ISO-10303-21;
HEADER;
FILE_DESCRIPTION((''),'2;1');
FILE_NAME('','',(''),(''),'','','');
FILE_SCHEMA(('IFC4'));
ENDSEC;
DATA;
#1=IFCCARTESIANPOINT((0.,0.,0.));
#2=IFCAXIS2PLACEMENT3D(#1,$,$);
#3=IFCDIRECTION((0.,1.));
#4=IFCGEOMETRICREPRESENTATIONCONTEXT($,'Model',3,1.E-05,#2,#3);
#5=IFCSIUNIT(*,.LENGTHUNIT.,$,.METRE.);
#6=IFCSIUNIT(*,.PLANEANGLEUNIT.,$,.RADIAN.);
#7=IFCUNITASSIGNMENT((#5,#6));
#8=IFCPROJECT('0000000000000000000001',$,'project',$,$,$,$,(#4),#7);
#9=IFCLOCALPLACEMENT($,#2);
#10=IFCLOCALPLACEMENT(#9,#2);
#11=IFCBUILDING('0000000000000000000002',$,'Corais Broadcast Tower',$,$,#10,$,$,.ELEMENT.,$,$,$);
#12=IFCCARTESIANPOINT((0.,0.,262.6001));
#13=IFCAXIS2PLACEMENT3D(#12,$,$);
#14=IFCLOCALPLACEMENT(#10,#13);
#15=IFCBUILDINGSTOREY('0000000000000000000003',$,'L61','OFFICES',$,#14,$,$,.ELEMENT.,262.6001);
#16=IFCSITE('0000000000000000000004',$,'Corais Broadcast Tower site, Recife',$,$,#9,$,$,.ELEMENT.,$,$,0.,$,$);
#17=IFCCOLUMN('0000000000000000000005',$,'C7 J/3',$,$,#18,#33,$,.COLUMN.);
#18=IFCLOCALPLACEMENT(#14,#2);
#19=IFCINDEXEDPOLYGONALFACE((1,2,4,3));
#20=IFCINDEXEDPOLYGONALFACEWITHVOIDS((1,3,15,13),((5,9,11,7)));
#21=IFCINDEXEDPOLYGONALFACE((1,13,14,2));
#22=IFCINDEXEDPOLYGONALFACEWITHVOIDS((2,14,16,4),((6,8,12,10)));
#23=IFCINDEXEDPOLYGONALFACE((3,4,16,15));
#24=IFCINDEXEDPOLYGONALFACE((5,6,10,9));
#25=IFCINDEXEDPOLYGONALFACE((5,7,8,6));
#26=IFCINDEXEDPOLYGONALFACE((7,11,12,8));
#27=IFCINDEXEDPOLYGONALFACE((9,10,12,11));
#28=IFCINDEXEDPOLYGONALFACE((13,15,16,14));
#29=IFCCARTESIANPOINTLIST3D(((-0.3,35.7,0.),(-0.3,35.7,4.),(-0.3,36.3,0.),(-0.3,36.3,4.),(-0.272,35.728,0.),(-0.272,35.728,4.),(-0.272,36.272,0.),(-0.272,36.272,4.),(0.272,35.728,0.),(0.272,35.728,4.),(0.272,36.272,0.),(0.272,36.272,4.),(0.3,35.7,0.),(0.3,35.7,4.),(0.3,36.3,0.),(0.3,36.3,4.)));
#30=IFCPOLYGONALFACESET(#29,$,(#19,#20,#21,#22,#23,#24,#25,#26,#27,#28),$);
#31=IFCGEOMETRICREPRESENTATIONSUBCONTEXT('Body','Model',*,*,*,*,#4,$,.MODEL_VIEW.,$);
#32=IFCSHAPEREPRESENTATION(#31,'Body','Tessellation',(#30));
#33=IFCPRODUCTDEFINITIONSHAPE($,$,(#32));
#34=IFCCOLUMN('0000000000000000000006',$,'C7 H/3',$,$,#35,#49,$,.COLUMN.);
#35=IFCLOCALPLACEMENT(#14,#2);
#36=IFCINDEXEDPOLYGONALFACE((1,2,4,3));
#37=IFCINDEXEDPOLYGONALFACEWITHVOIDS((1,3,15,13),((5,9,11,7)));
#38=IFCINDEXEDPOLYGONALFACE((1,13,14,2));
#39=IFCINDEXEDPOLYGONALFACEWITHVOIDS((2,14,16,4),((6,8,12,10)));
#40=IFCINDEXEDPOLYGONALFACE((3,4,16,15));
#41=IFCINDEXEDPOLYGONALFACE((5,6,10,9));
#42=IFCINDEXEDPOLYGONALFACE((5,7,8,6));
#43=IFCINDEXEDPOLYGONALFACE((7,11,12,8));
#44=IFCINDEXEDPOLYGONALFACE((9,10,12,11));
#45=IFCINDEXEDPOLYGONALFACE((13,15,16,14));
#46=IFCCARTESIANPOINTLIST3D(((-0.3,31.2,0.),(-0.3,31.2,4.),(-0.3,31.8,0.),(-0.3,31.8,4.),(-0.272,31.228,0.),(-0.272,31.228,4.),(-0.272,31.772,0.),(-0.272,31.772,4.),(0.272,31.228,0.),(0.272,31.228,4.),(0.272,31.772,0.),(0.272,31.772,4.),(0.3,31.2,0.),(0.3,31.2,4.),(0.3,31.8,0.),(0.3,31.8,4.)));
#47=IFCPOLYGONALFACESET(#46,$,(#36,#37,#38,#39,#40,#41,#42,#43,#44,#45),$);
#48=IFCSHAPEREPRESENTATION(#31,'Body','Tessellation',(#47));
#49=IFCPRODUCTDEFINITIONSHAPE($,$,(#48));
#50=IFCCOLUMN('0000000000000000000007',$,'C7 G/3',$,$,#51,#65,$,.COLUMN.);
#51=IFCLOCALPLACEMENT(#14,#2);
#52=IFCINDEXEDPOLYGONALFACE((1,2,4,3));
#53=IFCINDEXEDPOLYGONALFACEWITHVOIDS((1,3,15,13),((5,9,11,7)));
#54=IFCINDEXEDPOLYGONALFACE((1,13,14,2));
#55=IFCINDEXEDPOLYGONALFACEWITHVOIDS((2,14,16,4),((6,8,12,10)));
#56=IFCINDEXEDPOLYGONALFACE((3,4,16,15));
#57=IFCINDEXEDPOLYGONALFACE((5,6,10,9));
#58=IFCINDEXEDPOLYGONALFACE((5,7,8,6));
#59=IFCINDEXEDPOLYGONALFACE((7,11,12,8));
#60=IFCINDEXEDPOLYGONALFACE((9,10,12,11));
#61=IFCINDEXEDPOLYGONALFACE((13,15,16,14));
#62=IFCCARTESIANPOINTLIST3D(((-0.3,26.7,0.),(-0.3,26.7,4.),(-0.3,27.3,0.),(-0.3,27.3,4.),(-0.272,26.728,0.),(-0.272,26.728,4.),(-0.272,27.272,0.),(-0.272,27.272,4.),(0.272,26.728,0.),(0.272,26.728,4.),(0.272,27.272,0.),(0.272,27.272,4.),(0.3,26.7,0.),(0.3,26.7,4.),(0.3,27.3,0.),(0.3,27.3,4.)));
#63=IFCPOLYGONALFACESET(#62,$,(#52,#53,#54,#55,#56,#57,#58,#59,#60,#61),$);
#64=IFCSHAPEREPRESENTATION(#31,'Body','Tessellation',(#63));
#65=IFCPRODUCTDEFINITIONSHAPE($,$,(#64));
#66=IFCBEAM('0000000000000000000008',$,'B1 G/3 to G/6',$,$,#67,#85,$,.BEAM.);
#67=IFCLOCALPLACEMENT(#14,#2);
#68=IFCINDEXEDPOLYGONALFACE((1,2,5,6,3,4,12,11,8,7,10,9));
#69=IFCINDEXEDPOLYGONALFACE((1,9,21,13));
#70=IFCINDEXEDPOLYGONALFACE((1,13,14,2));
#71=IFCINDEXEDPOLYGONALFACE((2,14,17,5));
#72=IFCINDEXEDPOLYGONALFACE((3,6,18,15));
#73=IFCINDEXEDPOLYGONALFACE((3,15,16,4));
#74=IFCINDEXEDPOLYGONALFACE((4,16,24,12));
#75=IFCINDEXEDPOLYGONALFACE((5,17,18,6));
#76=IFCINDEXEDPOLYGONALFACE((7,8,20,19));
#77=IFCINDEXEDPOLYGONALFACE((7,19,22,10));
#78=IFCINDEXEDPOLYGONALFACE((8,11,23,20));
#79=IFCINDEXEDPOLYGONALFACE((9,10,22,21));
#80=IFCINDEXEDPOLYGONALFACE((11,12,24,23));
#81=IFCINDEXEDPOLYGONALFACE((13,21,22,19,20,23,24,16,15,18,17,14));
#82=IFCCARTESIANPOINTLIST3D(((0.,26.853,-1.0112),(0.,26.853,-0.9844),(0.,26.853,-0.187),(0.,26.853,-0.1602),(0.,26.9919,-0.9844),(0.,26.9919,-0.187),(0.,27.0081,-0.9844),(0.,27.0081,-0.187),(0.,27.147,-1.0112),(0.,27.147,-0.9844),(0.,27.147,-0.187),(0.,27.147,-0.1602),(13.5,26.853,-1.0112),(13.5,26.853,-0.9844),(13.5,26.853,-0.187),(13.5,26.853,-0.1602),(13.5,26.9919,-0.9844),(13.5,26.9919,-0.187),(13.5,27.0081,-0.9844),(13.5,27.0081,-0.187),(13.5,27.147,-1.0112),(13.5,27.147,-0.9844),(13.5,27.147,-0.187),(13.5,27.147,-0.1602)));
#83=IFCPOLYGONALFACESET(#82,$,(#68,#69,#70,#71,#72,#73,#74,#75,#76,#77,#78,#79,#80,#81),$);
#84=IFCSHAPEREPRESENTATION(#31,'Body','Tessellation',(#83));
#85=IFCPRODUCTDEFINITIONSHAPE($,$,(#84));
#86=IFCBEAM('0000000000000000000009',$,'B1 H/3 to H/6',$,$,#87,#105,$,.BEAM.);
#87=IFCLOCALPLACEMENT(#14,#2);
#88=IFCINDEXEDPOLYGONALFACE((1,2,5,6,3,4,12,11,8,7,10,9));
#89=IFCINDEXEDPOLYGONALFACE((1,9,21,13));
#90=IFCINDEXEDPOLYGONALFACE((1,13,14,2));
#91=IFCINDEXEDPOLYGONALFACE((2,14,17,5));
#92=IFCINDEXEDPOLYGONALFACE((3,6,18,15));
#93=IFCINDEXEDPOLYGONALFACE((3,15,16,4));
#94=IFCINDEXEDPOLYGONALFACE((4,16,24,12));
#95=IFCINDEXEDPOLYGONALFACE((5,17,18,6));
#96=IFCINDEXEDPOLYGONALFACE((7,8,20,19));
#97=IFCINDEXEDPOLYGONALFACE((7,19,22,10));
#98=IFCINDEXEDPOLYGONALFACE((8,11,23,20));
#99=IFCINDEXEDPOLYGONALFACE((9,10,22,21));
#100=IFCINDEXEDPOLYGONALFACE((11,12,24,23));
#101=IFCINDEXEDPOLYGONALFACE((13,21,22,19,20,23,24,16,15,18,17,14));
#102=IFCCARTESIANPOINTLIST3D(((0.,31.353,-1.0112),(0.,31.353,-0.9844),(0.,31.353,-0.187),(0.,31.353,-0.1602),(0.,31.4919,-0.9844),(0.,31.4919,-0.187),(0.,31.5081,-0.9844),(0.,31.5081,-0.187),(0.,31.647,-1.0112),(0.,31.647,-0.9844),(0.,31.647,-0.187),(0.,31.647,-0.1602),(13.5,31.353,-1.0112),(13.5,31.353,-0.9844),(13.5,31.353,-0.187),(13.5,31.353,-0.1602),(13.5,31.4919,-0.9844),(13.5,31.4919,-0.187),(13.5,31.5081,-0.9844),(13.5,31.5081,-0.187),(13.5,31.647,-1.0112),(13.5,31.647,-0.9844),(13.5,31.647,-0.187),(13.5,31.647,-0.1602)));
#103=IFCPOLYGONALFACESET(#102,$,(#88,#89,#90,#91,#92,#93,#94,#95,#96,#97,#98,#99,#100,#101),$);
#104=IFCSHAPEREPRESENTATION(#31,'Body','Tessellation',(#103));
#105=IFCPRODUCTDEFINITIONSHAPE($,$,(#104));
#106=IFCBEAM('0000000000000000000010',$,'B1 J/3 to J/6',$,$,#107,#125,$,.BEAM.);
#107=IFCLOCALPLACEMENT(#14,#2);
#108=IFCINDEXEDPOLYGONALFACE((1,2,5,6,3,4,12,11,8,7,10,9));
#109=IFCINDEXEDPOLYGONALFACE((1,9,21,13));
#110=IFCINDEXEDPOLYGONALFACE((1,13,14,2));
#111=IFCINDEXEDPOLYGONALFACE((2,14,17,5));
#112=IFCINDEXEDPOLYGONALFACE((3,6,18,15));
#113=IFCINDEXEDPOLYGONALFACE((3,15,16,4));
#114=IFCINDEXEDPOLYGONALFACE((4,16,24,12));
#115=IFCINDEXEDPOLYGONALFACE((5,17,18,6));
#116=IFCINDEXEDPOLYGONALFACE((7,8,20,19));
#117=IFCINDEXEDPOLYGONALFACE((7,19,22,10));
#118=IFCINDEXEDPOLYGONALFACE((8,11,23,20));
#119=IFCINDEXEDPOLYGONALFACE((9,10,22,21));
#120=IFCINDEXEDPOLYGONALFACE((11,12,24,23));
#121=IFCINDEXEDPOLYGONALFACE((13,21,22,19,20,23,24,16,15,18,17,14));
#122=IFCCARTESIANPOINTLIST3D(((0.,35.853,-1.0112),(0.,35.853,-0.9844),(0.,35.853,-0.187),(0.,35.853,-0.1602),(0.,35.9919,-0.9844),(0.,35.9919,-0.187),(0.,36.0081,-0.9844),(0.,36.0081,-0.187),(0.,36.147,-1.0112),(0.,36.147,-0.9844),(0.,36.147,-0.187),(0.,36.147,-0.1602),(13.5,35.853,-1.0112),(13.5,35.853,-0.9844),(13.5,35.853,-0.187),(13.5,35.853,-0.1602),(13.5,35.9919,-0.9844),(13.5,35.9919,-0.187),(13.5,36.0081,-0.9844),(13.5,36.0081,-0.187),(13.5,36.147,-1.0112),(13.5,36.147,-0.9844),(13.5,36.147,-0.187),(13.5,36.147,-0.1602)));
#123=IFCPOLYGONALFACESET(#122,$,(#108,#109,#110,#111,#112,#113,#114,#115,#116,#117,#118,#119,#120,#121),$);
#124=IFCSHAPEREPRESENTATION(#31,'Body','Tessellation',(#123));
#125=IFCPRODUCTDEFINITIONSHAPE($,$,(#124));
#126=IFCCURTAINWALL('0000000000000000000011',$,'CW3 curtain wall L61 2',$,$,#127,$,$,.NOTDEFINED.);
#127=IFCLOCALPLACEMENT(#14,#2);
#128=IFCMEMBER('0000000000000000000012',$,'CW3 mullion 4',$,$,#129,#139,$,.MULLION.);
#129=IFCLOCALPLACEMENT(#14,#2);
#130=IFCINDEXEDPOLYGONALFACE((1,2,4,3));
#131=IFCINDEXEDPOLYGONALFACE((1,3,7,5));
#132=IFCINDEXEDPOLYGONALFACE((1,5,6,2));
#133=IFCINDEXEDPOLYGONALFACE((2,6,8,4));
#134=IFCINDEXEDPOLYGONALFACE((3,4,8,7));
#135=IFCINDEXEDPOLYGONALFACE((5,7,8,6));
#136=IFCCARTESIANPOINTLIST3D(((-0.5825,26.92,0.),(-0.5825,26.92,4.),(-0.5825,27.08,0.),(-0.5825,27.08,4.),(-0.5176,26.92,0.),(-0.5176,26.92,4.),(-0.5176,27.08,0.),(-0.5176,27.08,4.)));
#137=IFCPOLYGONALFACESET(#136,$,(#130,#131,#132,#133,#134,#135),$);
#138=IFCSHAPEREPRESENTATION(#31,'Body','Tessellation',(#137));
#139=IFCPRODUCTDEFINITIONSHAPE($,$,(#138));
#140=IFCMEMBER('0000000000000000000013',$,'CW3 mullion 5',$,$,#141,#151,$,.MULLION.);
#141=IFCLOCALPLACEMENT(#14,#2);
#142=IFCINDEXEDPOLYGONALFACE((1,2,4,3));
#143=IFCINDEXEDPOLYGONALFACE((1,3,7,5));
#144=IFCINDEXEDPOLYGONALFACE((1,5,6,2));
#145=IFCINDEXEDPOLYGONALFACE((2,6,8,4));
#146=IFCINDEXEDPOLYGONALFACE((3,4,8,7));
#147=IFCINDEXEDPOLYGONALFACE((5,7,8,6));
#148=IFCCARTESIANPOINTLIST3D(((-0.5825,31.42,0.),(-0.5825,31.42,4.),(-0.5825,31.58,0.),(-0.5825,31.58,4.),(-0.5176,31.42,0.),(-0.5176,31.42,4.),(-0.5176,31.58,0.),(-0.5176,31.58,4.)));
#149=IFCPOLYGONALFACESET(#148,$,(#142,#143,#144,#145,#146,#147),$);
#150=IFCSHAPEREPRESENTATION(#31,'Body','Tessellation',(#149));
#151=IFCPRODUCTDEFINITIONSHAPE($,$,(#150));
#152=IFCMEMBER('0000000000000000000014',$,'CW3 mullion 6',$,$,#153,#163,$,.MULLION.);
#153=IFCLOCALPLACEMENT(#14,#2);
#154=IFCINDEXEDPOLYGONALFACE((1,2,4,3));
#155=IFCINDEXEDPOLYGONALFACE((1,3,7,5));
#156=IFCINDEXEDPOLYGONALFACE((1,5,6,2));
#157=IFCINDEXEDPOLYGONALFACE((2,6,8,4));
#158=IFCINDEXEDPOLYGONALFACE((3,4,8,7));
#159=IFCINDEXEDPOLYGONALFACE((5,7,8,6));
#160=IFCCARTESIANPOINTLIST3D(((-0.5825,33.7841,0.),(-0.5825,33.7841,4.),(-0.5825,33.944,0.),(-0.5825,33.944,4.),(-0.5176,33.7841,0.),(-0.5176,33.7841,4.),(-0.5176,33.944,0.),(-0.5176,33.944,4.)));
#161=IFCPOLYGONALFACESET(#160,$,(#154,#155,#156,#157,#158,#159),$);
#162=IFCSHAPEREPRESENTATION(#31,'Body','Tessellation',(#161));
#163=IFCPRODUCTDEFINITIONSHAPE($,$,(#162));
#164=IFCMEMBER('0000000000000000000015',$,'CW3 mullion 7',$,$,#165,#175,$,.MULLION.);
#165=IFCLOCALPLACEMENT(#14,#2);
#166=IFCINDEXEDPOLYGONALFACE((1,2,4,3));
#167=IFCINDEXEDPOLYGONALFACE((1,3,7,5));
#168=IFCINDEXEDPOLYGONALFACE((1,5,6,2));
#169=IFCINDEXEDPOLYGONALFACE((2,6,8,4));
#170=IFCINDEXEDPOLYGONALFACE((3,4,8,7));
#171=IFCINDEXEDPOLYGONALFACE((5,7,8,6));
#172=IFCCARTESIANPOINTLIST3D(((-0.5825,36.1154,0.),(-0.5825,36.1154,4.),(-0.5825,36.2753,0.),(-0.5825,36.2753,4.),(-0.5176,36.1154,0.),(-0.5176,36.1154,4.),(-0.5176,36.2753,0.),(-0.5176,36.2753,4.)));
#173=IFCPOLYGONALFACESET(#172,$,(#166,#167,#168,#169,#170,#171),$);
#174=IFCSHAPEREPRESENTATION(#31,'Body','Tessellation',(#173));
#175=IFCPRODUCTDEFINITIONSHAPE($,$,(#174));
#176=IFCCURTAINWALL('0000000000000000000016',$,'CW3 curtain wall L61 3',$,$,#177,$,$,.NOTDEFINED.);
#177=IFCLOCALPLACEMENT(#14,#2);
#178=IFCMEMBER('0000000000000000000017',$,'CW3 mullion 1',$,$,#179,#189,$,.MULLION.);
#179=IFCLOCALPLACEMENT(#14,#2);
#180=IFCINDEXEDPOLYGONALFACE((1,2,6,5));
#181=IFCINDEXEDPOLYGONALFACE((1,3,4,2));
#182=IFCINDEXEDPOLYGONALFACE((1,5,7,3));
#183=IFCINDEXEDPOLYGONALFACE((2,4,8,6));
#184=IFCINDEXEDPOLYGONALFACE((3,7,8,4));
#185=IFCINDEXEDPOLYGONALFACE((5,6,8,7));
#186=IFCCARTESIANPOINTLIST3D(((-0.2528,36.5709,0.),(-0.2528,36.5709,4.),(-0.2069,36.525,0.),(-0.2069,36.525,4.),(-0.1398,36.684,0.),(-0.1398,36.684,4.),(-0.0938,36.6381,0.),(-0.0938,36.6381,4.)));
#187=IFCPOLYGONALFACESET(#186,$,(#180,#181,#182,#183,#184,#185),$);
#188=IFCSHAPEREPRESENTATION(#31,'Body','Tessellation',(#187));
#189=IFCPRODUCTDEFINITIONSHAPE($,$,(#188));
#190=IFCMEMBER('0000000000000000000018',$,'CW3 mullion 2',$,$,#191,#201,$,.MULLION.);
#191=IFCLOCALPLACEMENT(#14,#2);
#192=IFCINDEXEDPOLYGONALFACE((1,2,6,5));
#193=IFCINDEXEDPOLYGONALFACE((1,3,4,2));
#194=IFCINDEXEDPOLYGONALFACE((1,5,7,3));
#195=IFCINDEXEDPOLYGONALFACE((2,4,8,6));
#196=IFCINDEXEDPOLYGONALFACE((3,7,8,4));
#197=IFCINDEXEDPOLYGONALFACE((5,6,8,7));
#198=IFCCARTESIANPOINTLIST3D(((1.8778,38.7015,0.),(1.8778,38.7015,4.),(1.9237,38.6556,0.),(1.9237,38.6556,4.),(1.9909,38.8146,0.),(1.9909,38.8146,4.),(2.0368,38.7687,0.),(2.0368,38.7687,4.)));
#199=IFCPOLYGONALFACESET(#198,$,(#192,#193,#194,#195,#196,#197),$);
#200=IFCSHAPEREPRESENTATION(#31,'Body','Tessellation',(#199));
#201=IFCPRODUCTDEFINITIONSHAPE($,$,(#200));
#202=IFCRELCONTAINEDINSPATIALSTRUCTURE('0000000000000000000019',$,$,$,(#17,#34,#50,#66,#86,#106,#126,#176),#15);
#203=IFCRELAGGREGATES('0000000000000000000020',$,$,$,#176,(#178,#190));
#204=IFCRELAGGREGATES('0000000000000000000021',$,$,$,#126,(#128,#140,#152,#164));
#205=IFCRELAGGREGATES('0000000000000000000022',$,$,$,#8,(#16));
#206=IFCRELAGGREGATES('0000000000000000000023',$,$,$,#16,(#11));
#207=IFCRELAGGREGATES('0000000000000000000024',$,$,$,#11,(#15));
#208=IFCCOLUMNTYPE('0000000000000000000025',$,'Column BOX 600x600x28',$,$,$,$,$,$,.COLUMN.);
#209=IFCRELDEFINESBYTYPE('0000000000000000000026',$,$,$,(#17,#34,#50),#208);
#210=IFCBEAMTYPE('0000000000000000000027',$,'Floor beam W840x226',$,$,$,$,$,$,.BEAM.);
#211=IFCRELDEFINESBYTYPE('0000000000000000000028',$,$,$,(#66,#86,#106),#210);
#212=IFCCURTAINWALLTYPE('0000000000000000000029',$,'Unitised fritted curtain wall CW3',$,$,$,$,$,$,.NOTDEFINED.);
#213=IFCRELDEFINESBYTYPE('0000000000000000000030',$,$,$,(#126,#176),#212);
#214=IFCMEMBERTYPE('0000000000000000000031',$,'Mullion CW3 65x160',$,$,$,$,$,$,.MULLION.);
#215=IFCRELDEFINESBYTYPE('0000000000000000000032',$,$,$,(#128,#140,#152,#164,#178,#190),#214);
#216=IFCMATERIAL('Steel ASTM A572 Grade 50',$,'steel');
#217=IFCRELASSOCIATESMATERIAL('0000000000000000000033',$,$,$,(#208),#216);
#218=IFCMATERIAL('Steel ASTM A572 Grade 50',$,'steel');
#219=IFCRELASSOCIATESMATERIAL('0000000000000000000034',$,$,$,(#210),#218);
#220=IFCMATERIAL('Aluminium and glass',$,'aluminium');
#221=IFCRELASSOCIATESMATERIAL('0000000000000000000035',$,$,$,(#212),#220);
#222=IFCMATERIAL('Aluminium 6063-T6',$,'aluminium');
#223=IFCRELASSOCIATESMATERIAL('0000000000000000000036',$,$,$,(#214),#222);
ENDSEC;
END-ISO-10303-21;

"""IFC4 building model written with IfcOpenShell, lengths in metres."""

from ifc_helpers import new_model, si_unit, direction, frame, origin, origin_2d, place, context, subcontext, project, spatial, rectangle, hollow_rectangle, i_section, extrude, material, material_profile, profile_set, type_object, element, aggregate, save


model = new_model("IFC4")

# Units and contexts
model_context = context("Model", 3, precision=1e-05, world=origin(), true_north=direction((0.0, 1.0)))
body_context = subcontext(model_context, "Body", "Model", "MODEL_VIEW")
ifc_project = project(units=[si_unit("LENGTHUNIT", "METRE"), si_unit("PLANEANGLEUNIT", "RADIAN")], contexts=[model_context])

# Site, building, storey
site_placement = place(None, origin())
site = spatial("IfcSite", under=ifc_project, at=site_placement, Name="Corais Broadcast Tower site, Recife", CompositionType="ELEMENT", RefElevation=0.0)
building_placement = place(site_placement, origin())
building = spatial("IfcBuilding", under=site, at=building_placement, Name="Corais Broadcast Tower", CompositionType="ELEMENT")
storey_placement = place(building_placement, frame((0.0, 0.0, 262.6001)))
storey = spatial("IfcBuildingStorey", under=building, at=storey_placement, Name="L61", Description="OFFICES", CompositionType="ELEMENT", Elevation=262.6001)

# Columns
ifc_material_1 = material(Name="Steel ASTM A572 Grade 50", Category="steel")
ifc_material_profile_1 = material_profile(ifc_material_1, hollow_rectangle(XDim=0.6001, YDim=0.6001, WallThickness=0.0281, at=origin_2d()), Name="BOX 600x600x28")
ifc_profile_set_1 = profile_set([ifc_material_profile_1], Name="Steel ASTM A572 Grade 50")
column_type = type_object("IfcColumnType", Name="Column BOX 600x600x28", PredefinedType="COLUMN", material=ifc_profile_set_1)
for number, where, z_axis, x_axis, name in (
    (1, (0.0, 36.0, 0.0), (0.0, 0.0, 1.0), (1.0, 0.0, 0.0), "C7 J/3"),
    (2, (0.0, 31.5, 0.0), (0.0, 0.0, 1.0), (1.0, 0.0, 0.0), "C7 H/3"),
    (3, (0.0, 27.0, 0.0), (0.0, 0.0, 1.0), (1.0, 0.0, 0.0), "C7 G/3"),
):
    element("IfcColumn", number, at=place(storey_placement, frame(where, z_axis=z_axis, x_axis=x_axis)), inside=storey, type_object=column_type, Name=name, PredefinedType="COLUMN", context=body_context, shape_type="SweptSolid", body=[
        extrude(hollow_rectangle(XDim=0.6001, YDim=0.6001, WallThickness=0.0281, at=origin_2d()), origin(), (0.0, 0.0, 1.0), 4.0),
    ])

# Beams
ifc_material_2 = material(Name="Steel ASTM A572 Grade 50", Category="steel")
ifc_material_profile_2 = material_profile(ifc_material_2, i_section(OverallWidth=0.2939, OverallDepth=0.8511, WebThickness=0.0161, FlangeThickness=0.0269, at=origin_2d()), Name="W840x226")
ifc_profile_set_2 = profile_set([ifc_material_profile_2], Name="Steel ASTM A572 Grade 50")
beam_type_1 = type_object("IfcBeamType", Name="Floor beam W840x226", PredefinedType="BEAM", material=ifc_profile_set_2)
for number, where, z_axis, x_axis, name in (
    (4, (0.0, 27.0, -0.5857), (1.0, 0.0, 0.0), (0.0, 1.0, 0.0), "B1 G/3 to G/6"),
    (5, (0.0, 31.5, -0.5857), (1.0, 0.0, 0.0), (0.0, 1.0, 0.0), "B1 H/3 to H/6"),
    (6, (0.0, 36.0, -0.5857), (1.0, 0.0, 0.0), (0.0, 1.0, 0.0), "B1 J/3 to J/6"),
):
    element("IfcBeam", number, at=place(storey_placement, frame(where, z_axis=z_axis, x_axis=x_axis)), inside=storey, type_object=beam_type_1, Name=name, PredefinedType="BEAM", context=body_context, shape_type="SweptSolid", body=[
        extrude(i_section(OverallWidth=0.2939, OverallDepth=0.8511, WebThickness=0.0161, FlangeThickness=0.0269, at=origin_2d()), origin(), (0.0, 0.0, 1.0), 13.5),
    ])

# Curtain walls, members
ifc_material_3 = material(Name="Aluminium and glass", Category="aluminium")
curtain_wall_type = type_object("IfcCurtainWallType", Name="Unitised fritted curtain wall CW3", PredefinedType="NOTDEFINED", material=ifc_material_3)
curtain_wall_1_placement = place(storey_placement, origin())
curtain_wall_1 = element("IfcCurtainWall", 7, at=curtain_wall_1_placement, inside=storey, type_object=curtain_wall_type, Name="CW3 curtain wall L61 2", PredefinedType="NOTDEFINED")
ifc_material_4 = material(Name="Aluminium 6063-T6", Category="aluminium")
ifc_material_profile_3 = material_profile(ifc_material_4, rectangle(XDim=0.0649, YDim=0.1599, at=origin_2d()), Name="Mullion CW3 65x160")
ifc_profile_set_3 = profile_set([ifc_material_profile_3], Name="Aluminium 6063-T6")
member_type_1 = type_object("IfcMemberType", Name="Mullion CW3 65x160", PredefinedType="MULLION", material=ifc_profile_set_3)
member_1_placement = place(storey_placement, frame((-0.55, 27.0, 0.0), z_axis=(0.0, 0.0, 1.0), x_axis=(-1.0, 0.0, 0.0)))
member_1 = element("IfcMember", 8, at=member_1_placement, type_object=member_type_1, Name="CW3 mullion 4", PredefinedType="MULLION", context=body_context, shape_type="SweptSolid", body=[
    extrude(rectangle(XDim=0.0649, YDim=0.1599, at=origin_2d()), origin(), (0.0, 0.0, 1.0), 4.0),
])
member_2_placement = place(storey_placement, frame((-0.55, 31.5, 0.0), z_axis=(0.0, 0.0, 1.0), x_axis=(-1.0, 0.0, 0.0)))
member_2 = element("IfcMember", 9, at=member_2_placement, type_object=member_type_1, Name="CW3 mullion 5", PredefinedType="MULLION", context=body_context, shape_type="SweptSolid", body=[
    extrude(rectangle(XDim=0.0649, YDim=0.1599, at=origin_2d()), origin(), (0.0, 0.0, 1.0), 4.0),
])
member_3_placement = place(storey_placement, frame((-0.55, 33.864, 0.0), z_axis=(0.0, 0.0, 1.0), x_axis=(-1.0, 0.0, 0.0)))
member_3 = element("IfcMember", 10, at=member_3_placement, type_object=member_type_1, Name="CW3 mullion 6", PredefinedType="MULLION", context=body_context, shape_type="SweptSolid", body=[
    extrude(rectangle(XDim=0.0649, YDim=0.1599, at=origin_2d()), origin(), (0.0, 0.0, 1.0), 4.0),
])
member_4_placement = place(storey_placement, frame((-0.55, 36.1953, 0.0), z_axis=(0.0, 0.0, 1.0), x_axis=(-1.0, 0.0, 0.0)))
member_4 = element("IfcMember", 11, at=member_4_placement, type_object=member_type_1, Name="CW3 mullion 7", PredefinedType="MULLION", context=body_context, shape_type="SweptSolid", body=[
    extrude(rectangle(XDim=0.0649, YDim=0.1599, at=origin_2d()), origin(), (0.0, 0.0, 1.0), 4.0),
])
curtain_wall_2_placement = place(storey_placement, origin())
curtain_wall_2 = element("IfcCurtainWall", 12, at=curtain_wall_2_placement, inside=storey, type_object=curtain_wall_type, Name="CW3 curtain wall L61 3", PredefinedType="NOTDEFINED")
member_5_placement = place(storey_placement, frame((-0.1733, 36.6045, 0.0), z_axis=(0.0, 0.0, 1.0), x_axis=(-0.707107, 0.707107, 0.0)))
member_5 = element("IfcMember", 13, at=member_5_placement, type_object=member_type_1, Name="CW3 mullion 1", PredefinedType="MULLION", context=body_context, shape_type="SweptSolid", body=[
    extrude(rectangle(XDim=0.0649, YDim=0.1599, at=origin_2d()), origin(), (0.0, 0.0, 1.0), 4.0),
])
member_6_placement = place(storey_placement, frame((1.9573, 38.7351, 0.0), z_axis=(0.0, 0.0, 1.0), x_axis=(-0.707107, 0.707107, 0.0)))
member_6 = element("IfcMember", 14, at=member_6_placement, type_object=member_type_1, Name="CW3 mullion 2", PredefinedType="MULLION", context=body_context, shape_type="SweptSolid", body=[
    extrude(rectangle(XDim=0.0649, YDim=0.1599, at=origin_2d()), origin(), (0.0, 0.0, 1.0), 4.0),
])

aggregate(curtain_wall_2, [member_5, member_6])
aggregate(curtain_wall_1, [member_1, member_2, member_3, member_4])

save(model, "model.ifc")
